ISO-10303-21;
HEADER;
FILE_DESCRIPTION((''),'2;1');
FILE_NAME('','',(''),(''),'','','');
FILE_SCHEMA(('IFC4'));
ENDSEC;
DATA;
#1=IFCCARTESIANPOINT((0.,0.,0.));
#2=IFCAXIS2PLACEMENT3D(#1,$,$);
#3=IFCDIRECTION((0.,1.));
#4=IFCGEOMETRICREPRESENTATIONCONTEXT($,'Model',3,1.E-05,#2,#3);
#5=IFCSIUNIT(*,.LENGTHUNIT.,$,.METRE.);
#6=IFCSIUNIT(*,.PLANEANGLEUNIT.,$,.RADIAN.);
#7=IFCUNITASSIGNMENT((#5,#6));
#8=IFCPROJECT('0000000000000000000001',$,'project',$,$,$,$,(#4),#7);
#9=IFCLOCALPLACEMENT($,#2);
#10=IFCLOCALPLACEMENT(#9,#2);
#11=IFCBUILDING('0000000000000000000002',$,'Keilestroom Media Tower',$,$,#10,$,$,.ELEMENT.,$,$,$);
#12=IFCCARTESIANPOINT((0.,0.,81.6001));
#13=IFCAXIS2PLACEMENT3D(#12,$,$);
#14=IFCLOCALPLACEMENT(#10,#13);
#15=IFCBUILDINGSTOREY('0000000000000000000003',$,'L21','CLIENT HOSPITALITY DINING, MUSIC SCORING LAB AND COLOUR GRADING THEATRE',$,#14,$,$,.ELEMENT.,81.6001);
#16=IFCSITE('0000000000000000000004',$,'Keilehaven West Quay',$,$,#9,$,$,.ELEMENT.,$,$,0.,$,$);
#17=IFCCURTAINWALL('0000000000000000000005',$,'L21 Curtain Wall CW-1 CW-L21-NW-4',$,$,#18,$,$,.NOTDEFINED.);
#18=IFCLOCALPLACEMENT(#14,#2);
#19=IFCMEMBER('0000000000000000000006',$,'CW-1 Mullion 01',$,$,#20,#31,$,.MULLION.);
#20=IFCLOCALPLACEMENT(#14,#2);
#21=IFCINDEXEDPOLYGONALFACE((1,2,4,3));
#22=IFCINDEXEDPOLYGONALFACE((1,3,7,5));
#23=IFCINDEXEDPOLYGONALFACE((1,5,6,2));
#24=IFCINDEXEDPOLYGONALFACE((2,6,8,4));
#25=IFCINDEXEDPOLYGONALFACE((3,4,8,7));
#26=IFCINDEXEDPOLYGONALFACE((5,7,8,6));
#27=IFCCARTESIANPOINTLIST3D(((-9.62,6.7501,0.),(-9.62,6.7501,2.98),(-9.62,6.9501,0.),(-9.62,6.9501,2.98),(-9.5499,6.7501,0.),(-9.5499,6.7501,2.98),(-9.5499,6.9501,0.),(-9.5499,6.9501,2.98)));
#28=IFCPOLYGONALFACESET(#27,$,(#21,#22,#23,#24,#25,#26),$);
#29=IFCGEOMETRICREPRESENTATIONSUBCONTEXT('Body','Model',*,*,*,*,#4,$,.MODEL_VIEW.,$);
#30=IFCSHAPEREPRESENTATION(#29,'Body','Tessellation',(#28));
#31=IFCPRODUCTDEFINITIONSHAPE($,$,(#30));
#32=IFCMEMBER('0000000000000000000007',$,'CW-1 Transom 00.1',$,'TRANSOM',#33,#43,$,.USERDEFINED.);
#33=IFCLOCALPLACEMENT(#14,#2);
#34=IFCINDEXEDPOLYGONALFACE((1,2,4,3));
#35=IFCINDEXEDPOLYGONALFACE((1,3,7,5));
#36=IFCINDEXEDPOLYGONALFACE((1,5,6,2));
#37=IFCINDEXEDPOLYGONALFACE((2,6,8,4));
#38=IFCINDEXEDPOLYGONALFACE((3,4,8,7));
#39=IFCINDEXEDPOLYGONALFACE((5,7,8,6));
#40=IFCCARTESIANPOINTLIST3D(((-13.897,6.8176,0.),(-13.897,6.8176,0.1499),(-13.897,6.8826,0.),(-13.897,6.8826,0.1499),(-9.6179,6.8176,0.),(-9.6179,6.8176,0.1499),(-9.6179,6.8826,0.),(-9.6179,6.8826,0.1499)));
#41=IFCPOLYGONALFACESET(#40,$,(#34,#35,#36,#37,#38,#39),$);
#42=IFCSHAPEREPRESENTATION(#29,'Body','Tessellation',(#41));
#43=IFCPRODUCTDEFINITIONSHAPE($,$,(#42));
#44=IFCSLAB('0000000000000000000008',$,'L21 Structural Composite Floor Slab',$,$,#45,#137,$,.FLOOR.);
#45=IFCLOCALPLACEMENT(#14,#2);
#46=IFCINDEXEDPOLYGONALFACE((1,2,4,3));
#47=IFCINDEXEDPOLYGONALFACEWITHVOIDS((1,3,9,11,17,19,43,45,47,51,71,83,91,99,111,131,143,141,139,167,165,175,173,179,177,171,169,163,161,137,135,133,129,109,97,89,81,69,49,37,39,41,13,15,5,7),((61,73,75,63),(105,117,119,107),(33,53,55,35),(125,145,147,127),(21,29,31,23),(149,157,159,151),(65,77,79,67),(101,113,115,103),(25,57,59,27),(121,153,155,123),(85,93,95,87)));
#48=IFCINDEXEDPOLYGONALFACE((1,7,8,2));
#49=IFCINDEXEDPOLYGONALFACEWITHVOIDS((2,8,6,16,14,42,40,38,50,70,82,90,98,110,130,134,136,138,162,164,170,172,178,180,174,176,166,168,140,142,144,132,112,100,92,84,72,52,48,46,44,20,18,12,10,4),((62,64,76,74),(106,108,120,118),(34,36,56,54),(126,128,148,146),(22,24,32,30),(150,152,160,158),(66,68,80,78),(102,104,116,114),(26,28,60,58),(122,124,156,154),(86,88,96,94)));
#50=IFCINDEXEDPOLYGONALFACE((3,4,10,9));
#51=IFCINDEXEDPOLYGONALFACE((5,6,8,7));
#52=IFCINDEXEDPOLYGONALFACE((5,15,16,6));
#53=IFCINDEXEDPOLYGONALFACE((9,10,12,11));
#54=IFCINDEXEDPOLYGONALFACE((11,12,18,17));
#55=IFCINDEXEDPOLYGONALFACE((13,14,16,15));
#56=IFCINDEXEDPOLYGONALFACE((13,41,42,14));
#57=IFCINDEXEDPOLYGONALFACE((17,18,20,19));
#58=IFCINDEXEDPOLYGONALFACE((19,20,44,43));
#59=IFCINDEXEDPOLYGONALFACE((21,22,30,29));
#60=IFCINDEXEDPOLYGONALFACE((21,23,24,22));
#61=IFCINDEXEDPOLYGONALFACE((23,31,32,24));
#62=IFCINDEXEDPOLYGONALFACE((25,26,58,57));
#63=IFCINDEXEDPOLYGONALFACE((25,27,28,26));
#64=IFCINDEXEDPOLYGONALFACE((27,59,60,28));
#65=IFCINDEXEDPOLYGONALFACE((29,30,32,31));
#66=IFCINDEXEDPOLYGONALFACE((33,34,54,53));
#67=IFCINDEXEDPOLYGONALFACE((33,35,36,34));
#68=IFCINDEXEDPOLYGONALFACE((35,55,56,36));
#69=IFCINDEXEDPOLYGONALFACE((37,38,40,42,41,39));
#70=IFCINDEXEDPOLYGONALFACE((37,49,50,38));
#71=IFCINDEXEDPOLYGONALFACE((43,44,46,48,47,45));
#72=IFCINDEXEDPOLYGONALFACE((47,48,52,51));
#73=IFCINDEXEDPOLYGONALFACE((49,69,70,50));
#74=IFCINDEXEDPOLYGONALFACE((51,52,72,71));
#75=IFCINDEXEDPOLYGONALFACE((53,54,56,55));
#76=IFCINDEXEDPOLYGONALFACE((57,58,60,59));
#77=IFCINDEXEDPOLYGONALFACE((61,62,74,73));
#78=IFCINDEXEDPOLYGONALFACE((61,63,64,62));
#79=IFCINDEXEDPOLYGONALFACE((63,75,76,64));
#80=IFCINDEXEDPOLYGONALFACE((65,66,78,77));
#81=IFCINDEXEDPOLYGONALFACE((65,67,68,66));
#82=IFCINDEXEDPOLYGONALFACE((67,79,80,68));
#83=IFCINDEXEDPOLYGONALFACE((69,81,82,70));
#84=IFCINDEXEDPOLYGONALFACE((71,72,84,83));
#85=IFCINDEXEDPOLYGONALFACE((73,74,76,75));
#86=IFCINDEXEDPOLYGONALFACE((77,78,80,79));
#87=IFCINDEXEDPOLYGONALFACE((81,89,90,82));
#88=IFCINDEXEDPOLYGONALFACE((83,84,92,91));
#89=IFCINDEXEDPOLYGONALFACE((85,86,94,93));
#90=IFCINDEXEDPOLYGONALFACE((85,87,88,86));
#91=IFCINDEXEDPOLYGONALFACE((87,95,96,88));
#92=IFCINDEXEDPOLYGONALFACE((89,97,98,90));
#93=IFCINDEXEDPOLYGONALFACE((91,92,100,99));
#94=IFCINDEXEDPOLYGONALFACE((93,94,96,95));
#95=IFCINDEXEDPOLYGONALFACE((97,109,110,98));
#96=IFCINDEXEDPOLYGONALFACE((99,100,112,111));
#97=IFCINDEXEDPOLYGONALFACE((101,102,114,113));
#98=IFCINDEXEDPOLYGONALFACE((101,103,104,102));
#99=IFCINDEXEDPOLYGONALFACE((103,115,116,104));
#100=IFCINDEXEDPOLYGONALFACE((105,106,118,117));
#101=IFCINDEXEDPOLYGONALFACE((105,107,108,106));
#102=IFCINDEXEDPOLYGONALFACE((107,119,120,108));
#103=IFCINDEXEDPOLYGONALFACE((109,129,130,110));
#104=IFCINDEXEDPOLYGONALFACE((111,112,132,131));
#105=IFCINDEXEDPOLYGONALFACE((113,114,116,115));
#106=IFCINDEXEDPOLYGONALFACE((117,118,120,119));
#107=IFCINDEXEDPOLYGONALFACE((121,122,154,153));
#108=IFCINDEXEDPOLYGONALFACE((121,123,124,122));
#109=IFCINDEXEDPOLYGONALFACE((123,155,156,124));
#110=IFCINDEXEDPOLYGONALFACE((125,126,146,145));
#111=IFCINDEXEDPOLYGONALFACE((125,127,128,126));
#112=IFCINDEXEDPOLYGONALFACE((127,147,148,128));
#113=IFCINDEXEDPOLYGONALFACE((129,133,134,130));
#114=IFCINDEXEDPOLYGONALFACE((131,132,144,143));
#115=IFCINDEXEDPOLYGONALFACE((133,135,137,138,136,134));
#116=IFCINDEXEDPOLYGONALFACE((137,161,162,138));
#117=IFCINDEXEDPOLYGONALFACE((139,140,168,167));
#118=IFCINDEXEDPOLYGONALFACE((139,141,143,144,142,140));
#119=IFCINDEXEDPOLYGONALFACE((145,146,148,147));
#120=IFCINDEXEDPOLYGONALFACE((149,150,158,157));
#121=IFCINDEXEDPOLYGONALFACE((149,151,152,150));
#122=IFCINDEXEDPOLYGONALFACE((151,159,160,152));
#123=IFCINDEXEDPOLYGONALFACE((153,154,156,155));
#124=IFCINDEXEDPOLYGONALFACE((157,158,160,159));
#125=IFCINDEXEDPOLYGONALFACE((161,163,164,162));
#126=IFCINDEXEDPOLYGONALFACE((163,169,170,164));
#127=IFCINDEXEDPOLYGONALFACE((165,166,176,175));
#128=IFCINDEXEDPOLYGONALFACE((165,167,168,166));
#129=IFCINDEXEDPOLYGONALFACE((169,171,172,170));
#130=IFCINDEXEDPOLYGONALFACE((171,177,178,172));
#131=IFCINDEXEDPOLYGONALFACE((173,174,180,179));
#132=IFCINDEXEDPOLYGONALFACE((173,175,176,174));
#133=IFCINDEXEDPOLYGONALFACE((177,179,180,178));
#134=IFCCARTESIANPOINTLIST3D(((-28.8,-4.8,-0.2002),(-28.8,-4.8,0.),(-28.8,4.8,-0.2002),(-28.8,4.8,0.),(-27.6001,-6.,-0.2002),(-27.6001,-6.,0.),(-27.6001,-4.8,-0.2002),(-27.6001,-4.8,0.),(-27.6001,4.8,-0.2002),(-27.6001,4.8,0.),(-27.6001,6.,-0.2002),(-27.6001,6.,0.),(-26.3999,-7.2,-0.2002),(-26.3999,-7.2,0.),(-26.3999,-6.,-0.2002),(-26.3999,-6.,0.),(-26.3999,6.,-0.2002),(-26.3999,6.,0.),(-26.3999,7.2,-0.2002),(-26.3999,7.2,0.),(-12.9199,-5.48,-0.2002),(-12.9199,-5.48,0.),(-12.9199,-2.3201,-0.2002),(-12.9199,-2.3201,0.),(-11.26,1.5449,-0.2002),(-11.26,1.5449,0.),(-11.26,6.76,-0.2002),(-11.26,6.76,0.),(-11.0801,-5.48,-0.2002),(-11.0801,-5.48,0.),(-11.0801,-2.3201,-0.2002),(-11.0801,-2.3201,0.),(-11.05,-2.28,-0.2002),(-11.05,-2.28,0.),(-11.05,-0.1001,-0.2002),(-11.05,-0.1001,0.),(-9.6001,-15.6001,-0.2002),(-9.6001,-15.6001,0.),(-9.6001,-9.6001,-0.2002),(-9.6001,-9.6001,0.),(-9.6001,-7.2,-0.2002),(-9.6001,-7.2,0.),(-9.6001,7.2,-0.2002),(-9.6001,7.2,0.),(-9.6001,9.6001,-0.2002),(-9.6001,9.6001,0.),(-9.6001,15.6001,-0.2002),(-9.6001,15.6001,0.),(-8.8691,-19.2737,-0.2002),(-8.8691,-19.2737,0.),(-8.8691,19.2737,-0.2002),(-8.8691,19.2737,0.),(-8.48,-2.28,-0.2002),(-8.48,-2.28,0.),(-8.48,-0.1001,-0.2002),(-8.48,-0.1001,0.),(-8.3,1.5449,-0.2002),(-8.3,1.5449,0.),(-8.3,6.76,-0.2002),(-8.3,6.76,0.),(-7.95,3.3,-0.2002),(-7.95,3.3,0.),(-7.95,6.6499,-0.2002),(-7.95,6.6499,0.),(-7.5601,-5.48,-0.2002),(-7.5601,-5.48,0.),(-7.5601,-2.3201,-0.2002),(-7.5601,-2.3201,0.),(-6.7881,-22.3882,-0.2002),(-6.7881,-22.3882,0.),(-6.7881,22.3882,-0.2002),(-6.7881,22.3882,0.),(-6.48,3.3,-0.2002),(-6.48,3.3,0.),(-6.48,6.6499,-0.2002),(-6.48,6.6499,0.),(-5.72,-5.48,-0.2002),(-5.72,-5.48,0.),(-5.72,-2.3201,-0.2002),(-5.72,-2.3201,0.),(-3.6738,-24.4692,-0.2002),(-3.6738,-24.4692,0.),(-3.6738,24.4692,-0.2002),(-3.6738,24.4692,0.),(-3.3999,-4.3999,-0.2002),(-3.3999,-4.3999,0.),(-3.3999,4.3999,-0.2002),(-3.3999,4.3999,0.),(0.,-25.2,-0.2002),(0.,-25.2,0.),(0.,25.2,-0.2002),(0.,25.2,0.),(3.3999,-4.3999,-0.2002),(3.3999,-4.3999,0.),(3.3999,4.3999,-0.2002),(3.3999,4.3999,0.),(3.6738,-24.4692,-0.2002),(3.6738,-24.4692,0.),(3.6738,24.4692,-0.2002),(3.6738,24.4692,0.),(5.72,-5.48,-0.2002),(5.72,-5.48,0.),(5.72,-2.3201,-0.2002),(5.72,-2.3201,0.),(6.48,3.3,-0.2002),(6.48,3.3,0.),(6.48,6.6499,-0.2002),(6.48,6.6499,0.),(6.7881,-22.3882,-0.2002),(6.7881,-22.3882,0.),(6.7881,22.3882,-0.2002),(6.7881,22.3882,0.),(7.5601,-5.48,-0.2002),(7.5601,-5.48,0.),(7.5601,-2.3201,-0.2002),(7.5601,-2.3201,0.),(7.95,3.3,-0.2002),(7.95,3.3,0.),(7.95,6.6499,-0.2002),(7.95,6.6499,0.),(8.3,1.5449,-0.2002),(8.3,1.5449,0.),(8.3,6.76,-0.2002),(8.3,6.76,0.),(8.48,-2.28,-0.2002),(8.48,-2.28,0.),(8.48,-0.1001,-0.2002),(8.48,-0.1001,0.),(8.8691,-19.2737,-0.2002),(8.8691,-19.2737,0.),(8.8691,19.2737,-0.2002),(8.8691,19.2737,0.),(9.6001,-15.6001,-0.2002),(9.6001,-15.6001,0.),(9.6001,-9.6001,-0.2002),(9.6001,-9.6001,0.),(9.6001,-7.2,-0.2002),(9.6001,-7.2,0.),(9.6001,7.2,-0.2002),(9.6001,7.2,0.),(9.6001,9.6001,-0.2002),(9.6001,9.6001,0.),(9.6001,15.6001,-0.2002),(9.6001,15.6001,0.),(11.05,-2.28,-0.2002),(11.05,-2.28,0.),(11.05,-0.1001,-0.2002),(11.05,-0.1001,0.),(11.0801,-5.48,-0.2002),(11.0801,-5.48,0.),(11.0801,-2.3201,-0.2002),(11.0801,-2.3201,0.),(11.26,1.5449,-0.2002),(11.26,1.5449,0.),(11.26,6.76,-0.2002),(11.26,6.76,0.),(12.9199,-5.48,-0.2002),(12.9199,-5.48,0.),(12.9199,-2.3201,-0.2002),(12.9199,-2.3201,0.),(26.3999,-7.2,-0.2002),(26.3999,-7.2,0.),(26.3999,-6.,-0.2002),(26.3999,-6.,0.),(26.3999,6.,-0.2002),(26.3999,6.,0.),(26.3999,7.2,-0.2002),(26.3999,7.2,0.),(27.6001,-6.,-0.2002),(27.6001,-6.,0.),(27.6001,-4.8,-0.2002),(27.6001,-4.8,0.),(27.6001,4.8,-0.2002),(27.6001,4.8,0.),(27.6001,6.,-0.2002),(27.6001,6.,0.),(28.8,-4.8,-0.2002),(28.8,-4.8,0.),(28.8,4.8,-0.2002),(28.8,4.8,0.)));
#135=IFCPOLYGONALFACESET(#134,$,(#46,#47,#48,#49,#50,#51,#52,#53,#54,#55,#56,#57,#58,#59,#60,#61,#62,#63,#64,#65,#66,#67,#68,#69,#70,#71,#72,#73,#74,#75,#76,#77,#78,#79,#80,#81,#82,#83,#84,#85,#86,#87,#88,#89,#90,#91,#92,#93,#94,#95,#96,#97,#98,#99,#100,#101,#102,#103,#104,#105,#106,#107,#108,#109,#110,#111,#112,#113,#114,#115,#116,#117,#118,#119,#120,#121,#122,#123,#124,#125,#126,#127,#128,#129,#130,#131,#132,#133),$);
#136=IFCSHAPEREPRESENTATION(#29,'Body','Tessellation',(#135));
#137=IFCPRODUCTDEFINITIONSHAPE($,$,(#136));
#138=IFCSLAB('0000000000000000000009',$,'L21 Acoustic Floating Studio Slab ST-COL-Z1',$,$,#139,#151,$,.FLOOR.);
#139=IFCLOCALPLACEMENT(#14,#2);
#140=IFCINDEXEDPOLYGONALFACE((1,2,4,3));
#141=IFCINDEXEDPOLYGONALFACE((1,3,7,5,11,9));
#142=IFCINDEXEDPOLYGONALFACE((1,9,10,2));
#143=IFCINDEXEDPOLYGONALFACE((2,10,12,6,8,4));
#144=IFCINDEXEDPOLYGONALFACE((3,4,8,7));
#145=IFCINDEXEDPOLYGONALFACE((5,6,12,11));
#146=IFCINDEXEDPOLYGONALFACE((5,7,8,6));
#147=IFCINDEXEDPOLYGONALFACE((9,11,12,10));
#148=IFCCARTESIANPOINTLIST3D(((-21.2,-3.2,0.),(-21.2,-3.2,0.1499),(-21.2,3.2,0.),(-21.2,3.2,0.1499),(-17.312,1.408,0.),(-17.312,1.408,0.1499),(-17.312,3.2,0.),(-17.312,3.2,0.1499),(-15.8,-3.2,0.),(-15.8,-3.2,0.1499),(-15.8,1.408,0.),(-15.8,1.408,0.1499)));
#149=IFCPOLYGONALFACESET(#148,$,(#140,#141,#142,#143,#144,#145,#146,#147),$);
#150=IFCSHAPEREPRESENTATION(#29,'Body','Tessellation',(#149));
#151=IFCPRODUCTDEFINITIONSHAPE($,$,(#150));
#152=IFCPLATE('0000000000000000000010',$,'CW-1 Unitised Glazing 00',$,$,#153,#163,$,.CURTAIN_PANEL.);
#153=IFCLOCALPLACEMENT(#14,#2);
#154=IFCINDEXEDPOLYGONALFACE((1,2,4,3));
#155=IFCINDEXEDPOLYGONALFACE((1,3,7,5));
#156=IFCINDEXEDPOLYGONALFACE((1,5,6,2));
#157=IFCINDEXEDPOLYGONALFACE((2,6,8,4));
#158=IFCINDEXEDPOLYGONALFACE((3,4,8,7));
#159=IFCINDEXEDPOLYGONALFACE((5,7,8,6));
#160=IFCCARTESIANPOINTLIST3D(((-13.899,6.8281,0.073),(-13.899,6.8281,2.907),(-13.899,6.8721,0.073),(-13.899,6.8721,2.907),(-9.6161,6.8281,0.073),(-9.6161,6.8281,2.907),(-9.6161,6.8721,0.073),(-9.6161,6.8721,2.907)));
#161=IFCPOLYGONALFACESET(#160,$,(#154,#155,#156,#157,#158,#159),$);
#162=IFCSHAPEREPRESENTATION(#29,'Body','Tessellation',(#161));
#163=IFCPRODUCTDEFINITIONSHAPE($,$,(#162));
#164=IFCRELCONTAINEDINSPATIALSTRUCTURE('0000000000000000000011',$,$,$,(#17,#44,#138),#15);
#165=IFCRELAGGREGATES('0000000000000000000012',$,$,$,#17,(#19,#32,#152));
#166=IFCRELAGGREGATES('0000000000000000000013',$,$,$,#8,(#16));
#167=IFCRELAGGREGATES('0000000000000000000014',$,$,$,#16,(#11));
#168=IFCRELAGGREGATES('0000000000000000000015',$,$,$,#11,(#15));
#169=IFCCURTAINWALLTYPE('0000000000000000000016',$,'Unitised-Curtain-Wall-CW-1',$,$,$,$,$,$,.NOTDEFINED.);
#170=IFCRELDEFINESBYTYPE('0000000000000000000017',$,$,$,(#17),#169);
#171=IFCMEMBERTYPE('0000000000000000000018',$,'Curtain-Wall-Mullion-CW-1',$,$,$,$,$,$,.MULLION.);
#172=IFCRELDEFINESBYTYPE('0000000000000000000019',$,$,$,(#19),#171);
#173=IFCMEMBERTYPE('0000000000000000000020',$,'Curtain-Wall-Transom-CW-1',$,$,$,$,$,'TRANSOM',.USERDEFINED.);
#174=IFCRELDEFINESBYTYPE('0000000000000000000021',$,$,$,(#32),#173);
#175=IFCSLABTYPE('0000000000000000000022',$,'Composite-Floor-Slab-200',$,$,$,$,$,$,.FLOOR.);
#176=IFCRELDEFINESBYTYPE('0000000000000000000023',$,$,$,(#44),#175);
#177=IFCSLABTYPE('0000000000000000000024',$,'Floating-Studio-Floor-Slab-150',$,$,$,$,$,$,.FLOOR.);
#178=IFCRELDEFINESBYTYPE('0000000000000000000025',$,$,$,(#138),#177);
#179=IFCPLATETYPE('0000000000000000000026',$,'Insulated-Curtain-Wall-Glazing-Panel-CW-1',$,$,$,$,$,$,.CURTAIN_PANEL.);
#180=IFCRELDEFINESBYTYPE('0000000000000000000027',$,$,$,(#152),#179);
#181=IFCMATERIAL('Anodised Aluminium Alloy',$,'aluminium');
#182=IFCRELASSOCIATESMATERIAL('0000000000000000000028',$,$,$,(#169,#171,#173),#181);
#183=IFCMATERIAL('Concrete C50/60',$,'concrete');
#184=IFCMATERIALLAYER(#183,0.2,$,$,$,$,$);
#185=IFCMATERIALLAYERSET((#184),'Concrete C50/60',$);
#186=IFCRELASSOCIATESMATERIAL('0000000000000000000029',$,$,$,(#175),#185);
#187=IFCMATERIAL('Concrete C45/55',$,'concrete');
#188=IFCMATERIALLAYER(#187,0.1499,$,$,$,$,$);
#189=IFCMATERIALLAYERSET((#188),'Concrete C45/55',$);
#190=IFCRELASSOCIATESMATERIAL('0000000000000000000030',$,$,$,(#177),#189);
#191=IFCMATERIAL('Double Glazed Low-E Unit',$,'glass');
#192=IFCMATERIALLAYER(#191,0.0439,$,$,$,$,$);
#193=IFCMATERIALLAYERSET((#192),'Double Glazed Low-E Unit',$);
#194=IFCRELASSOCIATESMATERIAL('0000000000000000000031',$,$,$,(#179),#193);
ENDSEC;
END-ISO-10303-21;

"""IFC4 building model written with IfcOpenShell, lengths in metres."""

from ifc_helpers import new_model, si_unit, direction, frame, origin, origin_2d, place, context, subcontext, project, spatial, polyline, rectangle, outline, extrude, source, transform, mapped, material, layer, layer_set, material_profile, profile_set, type_object, element, aggregate, save


model = new_model("IFC4")

# Units and contexts
model_context = context("Model", 3, precision=1e-05, world=origin(), true_north=direction((0.0, 1.0)))
body_context = subcontext(model_context, "Body", "Model", "MODEL_VIEW")
ifc_project = project(units=[si_unit("LENGTHUNIT", "METRE"), si_unit("PLANEANGLEUNIT", "RADIAN")], contexts=[model_context])

# Site, building, storey
site_placement = place(None, origin())
site = spatial("IfcSite", under=ifc_project, at=site_placement, Name="Keilehaven West Quay", CompositionType="ELEMENT", RefElevation=0.0)
building_placement = place(site_placement, origin())
building = spatial("IfcBuilding", under=site, at=building_placement, Name="Keilestroom Media Tower", CompositionType="ELEMENT")
storey_placement = place(building_placement, frame((0.0, 0.0, 81.6001)))
storey = spatial("IfcBuildingStorey", under=building, at=storey_placement, Name="L21", Description="CLIENT HOSPITALITY DINING, MUSIC SCORING LAB AND COLOUR GRADING THEATRE", CompositionType="ELEMENT", Elevation=81.6001)

# Curtain wall, members
ifc_material_1 = material(Name="Anodised Aluminium Alloy", Category="aluminium")
curtain_wall_type = type_object("IfcCurtainWallType", Name="Unitised-Curtain-Wall-CW-1", PredefinedType="NOTDEFINED", material=ifc_material_1)
curtain_wall_placement = place(storey_placement, origin())
curtain_wall = element("IfcCurtainWall", 1, at=curtain_wall_placement, inside=storey, type_object=curtain_wall_type, Name="L21 Curtain Wall CW-1 CW-L21-NW-4", PredefinedType="NOTDEFINED")
ifc_material_profile_1 = material_profile(ifc_material_1, rectangle(XDim=0.0701, YDim=0.2, at=origin_2d()), Name="ALU MULLION 70x200")
ifc_profile_set_1 = profile_set([ifc_material_profile_1], Name="Anodised Aluminium Alloy")
member_type_1 = type_object("IfcMemberType", Name="Curtain-Wall-Mullion-CW-1", PredefinedType="MULLION", material=ifc_profile_set_1)
shared_shape_1 = source(origin(), body_context, "Body", "SweptSolid", [
    extrude(rectangle(XDim=0.0701, YDim=0.2, at=origin_2d()), origin(), (0.0, 0.0, 1.0), 2.98),
])
member_1_placement = place(storey_placement, frame((-9.585, 6.8501, 0.0), z_axis=(0.0, 0.0, 1.0), x_axis=(1.0, 0.0, 0.0)))
member_1 = element("IfcMember", 2, at=member_1_placement, type_object=member_type_1, Name="CW-1 Mullion 01", PredefinedType="MULLION", context=body_context, shape_type="MappedRepresentation", body=[
    mapped(shared_shape_1, transform((0.0, 0.0, 0.0), x_axis=(1.0, 0.0, 0.0), y_axis=(0.0, 1.0, 0.0), z_axis=(0.0, 0.0, 1.0), scale=1.0)),
])
ifc_material_profile_2 = material_profile(ifc_material_1, rectangle(XDim=0.0649, YDim=0.1499, at=origin_2d()), Name="ALU TRANSOM 65x150")
ifc_profile_set_2 = profile_set([ifc_material_profile_2], Name="Anodised Aluminium Alloy")
member_type_2 = type_object("IfcMemberType", Name="Curtain-Wall-Transom-CW-1", ElementType="TRANSOM", PredefinedType="USERDEFINED", material=ifc_profile_set_2)
shared_shape_2 = source(origin(), body_context, "Body", "SweptSolid", [
    extrude(rectangle(XDim=0.0649, YDim=0.1499, at=origin_2d()), origin(), (0.0, 0.0, 1.0), 4.2791),
])
member_2_placement = place(storey_placement, frame((-13.897, 6.8501, 0.075), z_axis=(1.0, 0.0, 0.0), x_axis=(0.0, 1.0, 0.0)))
member_2 = element("IfcMember", 3, at=member_2_placement, type_object=member_type_2, Name="CW-1 Transom 00.1", ObjectType="TRANSOM", PredefinedType="USERDEFINED", context=body_context, shape_type="MappedRepresentation", body=[
    mapped(shared_shape_2, transform((0.0, 0.0, 0.0), x_axis=(1.0, 0.0, 0.0), y_axis=(0.0, 1.0, 0.0), z_axis=(0.0, 0.0, 1.0), scale=1.0)),
])

# Slabs
ifc_material_2 = material(Name="Concrete C50/60", Category="concrete")
ifc_layer_1 = layer(ifc_material_2, 0.2)
ifc_layer_set_1 = layer_set([ifc_layer_1], Name="Concrete C50/60")
slab_type_1 = type_object("IfcSlabType", Name="Composite-Floor-Slab-200", PredefinedType="FLOOR", material=ifc_layer_set_1)
slab_1_placement = place(storey_placement, frame((0.0, 0.0, -0.2002)))
element("IfcSlab", 4, at=slab_1_placement, inside=storey, type_object=slab_type_1, Name="L21 Structural Composite Floor Slab", PredefinedType="FLOOR", context=body_context, shape_type="SweptSolid", body=[
    extrude(outline(polyline([(28.8, -4.8), (28.8, 4.8), (27.6001, 4.8), (27.6001, 6.0), (26.3999, 6.0), (26.3999, 7.2), (9.6001, 7.2), (9.6001, 9.6001), (9.6001, 15.6001), (8.8691, 19.2737), (6.7881, 22.3882), (3.6738, 24.4692), (0.0, 25.2), (-3.6738, 24.4692), (-6.7881, 22.3882), (-8.8691, 19.2737), (-9.6001, 15.6001), (-9.6001, 9.6001), (-9.6001, 7.2), (-26.3999, 7.2), (-26.3999, 6.0), (-27.6001, 6.0), (-27.6001, 4.8), (-28.8, 4.8), (-28.8, -4.8), (-27.6001, -4.8), (-27.6001, -6.0), (-26.3999, -6.0), (-26.3999, -7.2), (-9.6001, -7.2), (-9.6001, -9.6001), (-9.6001, -15.6001), (-8.8691, -19.2737), (-6.7881, -22.3882), (-3.6738, -24.4692), (0.0, -25.2), (3.6738, -24.4692), (6.7881, -22.3882), (8.8691, -19.2737), (9.6001, -15.6001), (9.6001, -9.6001), (9.6001, -7.2), (26.3999, -7.2), (26.3999, -6.0), (27.6001, -6.0), (27.6001, -4.8), (28.8, -4.8)]), holes=[polyline([(-12.9199, -5.48), (-12.9199, -2.3201), (-11.0801, -2.3201), (-11.0801, -5.48), (-12.9199, -5.48)]), polyline([(-11.26, 1.5449), (-11.26, 6.76), (-8.3, 6.76), (-8.3, 1.5449), (-11.26, 1.5449)]), polyline([(-11.05, -2.28), (-11.05, -0.1001), (-8.48, -0.1001), (-8.48, -2.28), (-11.05, -2.28)]), polyline([(-7.95, 3.3), (-7.95, 6.6499), (-6.48, 6.6499), (-6.48, 3.3), (-7.95, 3.3)]), polyline([(-7.5601, -5.48), (-7.5601, -2.3201), (-5.72, -2.3201), (-5.72, -5.48), (-7.5601, -5.48)]), polyline([(-3.3999, -4.3999), (-3.3999, 4.3999), (3.3999, 4.3999), (3.3999, -4.3999), (-3.3999, -4.3999)]), polyline([(5.72, -5.48), (5.72, -2.3201), (7.5601, -2.3201), (7.5601, -5.48), (5.72, -5.48)]), polyline([(7.95, 6.6499), (7.95, 3.3), (6.48, 3.3), (6.48, 6.6499), (7.95, 6.6499)]), polyline([(8.3, 6.76), (11.26, 6.76), (11.26, 1.5449), (8.3, 1.5449), (8.3, 6.76)]), polyline([(8.48, -2.28), (8.48, -0.1001), (11.05, -0.1001), (11.05, -2.28), (8.48, -2.28)]), polyline([(12.9199, -5.48), (11.0801, -5.48), (11.0801, -2.3201), (12.9199, -2.3201), (12.9199, -5.48)])]), origin(), (0.0, 0.0, 1.0), 0.2002),
])
ifc_material_3 = material(Name="Concrete C45/55", Category="concrete")
ifc_layer_2 = layer(ifc_material_3, 0.1499)
ifc_layer_set_2 = layer_set([ifc_layer_2], Name="Concrete C45/55")
slab_type_2 = type_object("IfcSlabType", Name="Floating-Studio-Floor-Slab-150", PredefinedType="FLOOR", material=ifc_layer_set_2)
slab_2_placement = place(storey_placement, origin())
element("IfcSlab", 5, at=slab_2_placement, inside=storey, type_object=slab_type_2, Name="L21 Acoustic Floating Studio Slab ST-COL-Z1", PredefinedType="FLOOR", context=body_context, shape_type="SweptSolid", body=[
    extrude(outline(polyline([(-21.2, -3.2), (-15.8, -3.2), (-15.8, 1.408), (-17.312, 1.408), (-17.312, 3.2), (-21.2, 3.2), (-21.2, -3.2)])), origin(), (0.0, 0.0, 1.0), 0.1499),
])

# Plate
ifc_material_4 = material(Name="Double Glazed Low-E Unit", Category="glass")
ifc_layer_3 = layer(ifc_material_4, 0.0439)
ifc_layer_set_3 = layer_set([ifc_layer_3], Name="Double Glazed Low-E Unit")
plate_type = type_object("IfcPlateType", Name="Insulated-Curtain-Wall-Glazing-Panel-CW-1", PredefinedType="CURTAIN_PANEL", material=ifc_layer_set_3)
shared_shape_3 = source(origin(), body_context, "Body", "SweptSolid", [
    extrude(rectangle(XDim=4.283, YDim=0.0439, at=origin_2d()), origin(), (0.0, 0.0, 1.0), 2.834),
])
plate_placement = place(storey_placement, frame((-11.7576, 6.8501, 0.073), z_axis=(0.0, 0.0, 1.0), x_axis=(1.0, 0.0, 0.0)))
plate = element("IfcPlate", 6, at=plate_placement, type_object=plate_type, Name="CW-1 Unitised Glazing 00", PredefinedType="CURTAIN_PANEL", context=body_context, shape_type="MappedRepresentation", body=[
    mapped(shared_shape_3, transform((0.0, 0.0, 0.0), x_axis=(1.0, 0.0, 0.0), y_axis=(0.0, 1.0, 0.0), z_axis=(0.0, 0.0, 1.0), scale=1.0)),
])
aggregate(curtain_wall, [member_1, member_2, plate])

save(model, "model.ifc")
